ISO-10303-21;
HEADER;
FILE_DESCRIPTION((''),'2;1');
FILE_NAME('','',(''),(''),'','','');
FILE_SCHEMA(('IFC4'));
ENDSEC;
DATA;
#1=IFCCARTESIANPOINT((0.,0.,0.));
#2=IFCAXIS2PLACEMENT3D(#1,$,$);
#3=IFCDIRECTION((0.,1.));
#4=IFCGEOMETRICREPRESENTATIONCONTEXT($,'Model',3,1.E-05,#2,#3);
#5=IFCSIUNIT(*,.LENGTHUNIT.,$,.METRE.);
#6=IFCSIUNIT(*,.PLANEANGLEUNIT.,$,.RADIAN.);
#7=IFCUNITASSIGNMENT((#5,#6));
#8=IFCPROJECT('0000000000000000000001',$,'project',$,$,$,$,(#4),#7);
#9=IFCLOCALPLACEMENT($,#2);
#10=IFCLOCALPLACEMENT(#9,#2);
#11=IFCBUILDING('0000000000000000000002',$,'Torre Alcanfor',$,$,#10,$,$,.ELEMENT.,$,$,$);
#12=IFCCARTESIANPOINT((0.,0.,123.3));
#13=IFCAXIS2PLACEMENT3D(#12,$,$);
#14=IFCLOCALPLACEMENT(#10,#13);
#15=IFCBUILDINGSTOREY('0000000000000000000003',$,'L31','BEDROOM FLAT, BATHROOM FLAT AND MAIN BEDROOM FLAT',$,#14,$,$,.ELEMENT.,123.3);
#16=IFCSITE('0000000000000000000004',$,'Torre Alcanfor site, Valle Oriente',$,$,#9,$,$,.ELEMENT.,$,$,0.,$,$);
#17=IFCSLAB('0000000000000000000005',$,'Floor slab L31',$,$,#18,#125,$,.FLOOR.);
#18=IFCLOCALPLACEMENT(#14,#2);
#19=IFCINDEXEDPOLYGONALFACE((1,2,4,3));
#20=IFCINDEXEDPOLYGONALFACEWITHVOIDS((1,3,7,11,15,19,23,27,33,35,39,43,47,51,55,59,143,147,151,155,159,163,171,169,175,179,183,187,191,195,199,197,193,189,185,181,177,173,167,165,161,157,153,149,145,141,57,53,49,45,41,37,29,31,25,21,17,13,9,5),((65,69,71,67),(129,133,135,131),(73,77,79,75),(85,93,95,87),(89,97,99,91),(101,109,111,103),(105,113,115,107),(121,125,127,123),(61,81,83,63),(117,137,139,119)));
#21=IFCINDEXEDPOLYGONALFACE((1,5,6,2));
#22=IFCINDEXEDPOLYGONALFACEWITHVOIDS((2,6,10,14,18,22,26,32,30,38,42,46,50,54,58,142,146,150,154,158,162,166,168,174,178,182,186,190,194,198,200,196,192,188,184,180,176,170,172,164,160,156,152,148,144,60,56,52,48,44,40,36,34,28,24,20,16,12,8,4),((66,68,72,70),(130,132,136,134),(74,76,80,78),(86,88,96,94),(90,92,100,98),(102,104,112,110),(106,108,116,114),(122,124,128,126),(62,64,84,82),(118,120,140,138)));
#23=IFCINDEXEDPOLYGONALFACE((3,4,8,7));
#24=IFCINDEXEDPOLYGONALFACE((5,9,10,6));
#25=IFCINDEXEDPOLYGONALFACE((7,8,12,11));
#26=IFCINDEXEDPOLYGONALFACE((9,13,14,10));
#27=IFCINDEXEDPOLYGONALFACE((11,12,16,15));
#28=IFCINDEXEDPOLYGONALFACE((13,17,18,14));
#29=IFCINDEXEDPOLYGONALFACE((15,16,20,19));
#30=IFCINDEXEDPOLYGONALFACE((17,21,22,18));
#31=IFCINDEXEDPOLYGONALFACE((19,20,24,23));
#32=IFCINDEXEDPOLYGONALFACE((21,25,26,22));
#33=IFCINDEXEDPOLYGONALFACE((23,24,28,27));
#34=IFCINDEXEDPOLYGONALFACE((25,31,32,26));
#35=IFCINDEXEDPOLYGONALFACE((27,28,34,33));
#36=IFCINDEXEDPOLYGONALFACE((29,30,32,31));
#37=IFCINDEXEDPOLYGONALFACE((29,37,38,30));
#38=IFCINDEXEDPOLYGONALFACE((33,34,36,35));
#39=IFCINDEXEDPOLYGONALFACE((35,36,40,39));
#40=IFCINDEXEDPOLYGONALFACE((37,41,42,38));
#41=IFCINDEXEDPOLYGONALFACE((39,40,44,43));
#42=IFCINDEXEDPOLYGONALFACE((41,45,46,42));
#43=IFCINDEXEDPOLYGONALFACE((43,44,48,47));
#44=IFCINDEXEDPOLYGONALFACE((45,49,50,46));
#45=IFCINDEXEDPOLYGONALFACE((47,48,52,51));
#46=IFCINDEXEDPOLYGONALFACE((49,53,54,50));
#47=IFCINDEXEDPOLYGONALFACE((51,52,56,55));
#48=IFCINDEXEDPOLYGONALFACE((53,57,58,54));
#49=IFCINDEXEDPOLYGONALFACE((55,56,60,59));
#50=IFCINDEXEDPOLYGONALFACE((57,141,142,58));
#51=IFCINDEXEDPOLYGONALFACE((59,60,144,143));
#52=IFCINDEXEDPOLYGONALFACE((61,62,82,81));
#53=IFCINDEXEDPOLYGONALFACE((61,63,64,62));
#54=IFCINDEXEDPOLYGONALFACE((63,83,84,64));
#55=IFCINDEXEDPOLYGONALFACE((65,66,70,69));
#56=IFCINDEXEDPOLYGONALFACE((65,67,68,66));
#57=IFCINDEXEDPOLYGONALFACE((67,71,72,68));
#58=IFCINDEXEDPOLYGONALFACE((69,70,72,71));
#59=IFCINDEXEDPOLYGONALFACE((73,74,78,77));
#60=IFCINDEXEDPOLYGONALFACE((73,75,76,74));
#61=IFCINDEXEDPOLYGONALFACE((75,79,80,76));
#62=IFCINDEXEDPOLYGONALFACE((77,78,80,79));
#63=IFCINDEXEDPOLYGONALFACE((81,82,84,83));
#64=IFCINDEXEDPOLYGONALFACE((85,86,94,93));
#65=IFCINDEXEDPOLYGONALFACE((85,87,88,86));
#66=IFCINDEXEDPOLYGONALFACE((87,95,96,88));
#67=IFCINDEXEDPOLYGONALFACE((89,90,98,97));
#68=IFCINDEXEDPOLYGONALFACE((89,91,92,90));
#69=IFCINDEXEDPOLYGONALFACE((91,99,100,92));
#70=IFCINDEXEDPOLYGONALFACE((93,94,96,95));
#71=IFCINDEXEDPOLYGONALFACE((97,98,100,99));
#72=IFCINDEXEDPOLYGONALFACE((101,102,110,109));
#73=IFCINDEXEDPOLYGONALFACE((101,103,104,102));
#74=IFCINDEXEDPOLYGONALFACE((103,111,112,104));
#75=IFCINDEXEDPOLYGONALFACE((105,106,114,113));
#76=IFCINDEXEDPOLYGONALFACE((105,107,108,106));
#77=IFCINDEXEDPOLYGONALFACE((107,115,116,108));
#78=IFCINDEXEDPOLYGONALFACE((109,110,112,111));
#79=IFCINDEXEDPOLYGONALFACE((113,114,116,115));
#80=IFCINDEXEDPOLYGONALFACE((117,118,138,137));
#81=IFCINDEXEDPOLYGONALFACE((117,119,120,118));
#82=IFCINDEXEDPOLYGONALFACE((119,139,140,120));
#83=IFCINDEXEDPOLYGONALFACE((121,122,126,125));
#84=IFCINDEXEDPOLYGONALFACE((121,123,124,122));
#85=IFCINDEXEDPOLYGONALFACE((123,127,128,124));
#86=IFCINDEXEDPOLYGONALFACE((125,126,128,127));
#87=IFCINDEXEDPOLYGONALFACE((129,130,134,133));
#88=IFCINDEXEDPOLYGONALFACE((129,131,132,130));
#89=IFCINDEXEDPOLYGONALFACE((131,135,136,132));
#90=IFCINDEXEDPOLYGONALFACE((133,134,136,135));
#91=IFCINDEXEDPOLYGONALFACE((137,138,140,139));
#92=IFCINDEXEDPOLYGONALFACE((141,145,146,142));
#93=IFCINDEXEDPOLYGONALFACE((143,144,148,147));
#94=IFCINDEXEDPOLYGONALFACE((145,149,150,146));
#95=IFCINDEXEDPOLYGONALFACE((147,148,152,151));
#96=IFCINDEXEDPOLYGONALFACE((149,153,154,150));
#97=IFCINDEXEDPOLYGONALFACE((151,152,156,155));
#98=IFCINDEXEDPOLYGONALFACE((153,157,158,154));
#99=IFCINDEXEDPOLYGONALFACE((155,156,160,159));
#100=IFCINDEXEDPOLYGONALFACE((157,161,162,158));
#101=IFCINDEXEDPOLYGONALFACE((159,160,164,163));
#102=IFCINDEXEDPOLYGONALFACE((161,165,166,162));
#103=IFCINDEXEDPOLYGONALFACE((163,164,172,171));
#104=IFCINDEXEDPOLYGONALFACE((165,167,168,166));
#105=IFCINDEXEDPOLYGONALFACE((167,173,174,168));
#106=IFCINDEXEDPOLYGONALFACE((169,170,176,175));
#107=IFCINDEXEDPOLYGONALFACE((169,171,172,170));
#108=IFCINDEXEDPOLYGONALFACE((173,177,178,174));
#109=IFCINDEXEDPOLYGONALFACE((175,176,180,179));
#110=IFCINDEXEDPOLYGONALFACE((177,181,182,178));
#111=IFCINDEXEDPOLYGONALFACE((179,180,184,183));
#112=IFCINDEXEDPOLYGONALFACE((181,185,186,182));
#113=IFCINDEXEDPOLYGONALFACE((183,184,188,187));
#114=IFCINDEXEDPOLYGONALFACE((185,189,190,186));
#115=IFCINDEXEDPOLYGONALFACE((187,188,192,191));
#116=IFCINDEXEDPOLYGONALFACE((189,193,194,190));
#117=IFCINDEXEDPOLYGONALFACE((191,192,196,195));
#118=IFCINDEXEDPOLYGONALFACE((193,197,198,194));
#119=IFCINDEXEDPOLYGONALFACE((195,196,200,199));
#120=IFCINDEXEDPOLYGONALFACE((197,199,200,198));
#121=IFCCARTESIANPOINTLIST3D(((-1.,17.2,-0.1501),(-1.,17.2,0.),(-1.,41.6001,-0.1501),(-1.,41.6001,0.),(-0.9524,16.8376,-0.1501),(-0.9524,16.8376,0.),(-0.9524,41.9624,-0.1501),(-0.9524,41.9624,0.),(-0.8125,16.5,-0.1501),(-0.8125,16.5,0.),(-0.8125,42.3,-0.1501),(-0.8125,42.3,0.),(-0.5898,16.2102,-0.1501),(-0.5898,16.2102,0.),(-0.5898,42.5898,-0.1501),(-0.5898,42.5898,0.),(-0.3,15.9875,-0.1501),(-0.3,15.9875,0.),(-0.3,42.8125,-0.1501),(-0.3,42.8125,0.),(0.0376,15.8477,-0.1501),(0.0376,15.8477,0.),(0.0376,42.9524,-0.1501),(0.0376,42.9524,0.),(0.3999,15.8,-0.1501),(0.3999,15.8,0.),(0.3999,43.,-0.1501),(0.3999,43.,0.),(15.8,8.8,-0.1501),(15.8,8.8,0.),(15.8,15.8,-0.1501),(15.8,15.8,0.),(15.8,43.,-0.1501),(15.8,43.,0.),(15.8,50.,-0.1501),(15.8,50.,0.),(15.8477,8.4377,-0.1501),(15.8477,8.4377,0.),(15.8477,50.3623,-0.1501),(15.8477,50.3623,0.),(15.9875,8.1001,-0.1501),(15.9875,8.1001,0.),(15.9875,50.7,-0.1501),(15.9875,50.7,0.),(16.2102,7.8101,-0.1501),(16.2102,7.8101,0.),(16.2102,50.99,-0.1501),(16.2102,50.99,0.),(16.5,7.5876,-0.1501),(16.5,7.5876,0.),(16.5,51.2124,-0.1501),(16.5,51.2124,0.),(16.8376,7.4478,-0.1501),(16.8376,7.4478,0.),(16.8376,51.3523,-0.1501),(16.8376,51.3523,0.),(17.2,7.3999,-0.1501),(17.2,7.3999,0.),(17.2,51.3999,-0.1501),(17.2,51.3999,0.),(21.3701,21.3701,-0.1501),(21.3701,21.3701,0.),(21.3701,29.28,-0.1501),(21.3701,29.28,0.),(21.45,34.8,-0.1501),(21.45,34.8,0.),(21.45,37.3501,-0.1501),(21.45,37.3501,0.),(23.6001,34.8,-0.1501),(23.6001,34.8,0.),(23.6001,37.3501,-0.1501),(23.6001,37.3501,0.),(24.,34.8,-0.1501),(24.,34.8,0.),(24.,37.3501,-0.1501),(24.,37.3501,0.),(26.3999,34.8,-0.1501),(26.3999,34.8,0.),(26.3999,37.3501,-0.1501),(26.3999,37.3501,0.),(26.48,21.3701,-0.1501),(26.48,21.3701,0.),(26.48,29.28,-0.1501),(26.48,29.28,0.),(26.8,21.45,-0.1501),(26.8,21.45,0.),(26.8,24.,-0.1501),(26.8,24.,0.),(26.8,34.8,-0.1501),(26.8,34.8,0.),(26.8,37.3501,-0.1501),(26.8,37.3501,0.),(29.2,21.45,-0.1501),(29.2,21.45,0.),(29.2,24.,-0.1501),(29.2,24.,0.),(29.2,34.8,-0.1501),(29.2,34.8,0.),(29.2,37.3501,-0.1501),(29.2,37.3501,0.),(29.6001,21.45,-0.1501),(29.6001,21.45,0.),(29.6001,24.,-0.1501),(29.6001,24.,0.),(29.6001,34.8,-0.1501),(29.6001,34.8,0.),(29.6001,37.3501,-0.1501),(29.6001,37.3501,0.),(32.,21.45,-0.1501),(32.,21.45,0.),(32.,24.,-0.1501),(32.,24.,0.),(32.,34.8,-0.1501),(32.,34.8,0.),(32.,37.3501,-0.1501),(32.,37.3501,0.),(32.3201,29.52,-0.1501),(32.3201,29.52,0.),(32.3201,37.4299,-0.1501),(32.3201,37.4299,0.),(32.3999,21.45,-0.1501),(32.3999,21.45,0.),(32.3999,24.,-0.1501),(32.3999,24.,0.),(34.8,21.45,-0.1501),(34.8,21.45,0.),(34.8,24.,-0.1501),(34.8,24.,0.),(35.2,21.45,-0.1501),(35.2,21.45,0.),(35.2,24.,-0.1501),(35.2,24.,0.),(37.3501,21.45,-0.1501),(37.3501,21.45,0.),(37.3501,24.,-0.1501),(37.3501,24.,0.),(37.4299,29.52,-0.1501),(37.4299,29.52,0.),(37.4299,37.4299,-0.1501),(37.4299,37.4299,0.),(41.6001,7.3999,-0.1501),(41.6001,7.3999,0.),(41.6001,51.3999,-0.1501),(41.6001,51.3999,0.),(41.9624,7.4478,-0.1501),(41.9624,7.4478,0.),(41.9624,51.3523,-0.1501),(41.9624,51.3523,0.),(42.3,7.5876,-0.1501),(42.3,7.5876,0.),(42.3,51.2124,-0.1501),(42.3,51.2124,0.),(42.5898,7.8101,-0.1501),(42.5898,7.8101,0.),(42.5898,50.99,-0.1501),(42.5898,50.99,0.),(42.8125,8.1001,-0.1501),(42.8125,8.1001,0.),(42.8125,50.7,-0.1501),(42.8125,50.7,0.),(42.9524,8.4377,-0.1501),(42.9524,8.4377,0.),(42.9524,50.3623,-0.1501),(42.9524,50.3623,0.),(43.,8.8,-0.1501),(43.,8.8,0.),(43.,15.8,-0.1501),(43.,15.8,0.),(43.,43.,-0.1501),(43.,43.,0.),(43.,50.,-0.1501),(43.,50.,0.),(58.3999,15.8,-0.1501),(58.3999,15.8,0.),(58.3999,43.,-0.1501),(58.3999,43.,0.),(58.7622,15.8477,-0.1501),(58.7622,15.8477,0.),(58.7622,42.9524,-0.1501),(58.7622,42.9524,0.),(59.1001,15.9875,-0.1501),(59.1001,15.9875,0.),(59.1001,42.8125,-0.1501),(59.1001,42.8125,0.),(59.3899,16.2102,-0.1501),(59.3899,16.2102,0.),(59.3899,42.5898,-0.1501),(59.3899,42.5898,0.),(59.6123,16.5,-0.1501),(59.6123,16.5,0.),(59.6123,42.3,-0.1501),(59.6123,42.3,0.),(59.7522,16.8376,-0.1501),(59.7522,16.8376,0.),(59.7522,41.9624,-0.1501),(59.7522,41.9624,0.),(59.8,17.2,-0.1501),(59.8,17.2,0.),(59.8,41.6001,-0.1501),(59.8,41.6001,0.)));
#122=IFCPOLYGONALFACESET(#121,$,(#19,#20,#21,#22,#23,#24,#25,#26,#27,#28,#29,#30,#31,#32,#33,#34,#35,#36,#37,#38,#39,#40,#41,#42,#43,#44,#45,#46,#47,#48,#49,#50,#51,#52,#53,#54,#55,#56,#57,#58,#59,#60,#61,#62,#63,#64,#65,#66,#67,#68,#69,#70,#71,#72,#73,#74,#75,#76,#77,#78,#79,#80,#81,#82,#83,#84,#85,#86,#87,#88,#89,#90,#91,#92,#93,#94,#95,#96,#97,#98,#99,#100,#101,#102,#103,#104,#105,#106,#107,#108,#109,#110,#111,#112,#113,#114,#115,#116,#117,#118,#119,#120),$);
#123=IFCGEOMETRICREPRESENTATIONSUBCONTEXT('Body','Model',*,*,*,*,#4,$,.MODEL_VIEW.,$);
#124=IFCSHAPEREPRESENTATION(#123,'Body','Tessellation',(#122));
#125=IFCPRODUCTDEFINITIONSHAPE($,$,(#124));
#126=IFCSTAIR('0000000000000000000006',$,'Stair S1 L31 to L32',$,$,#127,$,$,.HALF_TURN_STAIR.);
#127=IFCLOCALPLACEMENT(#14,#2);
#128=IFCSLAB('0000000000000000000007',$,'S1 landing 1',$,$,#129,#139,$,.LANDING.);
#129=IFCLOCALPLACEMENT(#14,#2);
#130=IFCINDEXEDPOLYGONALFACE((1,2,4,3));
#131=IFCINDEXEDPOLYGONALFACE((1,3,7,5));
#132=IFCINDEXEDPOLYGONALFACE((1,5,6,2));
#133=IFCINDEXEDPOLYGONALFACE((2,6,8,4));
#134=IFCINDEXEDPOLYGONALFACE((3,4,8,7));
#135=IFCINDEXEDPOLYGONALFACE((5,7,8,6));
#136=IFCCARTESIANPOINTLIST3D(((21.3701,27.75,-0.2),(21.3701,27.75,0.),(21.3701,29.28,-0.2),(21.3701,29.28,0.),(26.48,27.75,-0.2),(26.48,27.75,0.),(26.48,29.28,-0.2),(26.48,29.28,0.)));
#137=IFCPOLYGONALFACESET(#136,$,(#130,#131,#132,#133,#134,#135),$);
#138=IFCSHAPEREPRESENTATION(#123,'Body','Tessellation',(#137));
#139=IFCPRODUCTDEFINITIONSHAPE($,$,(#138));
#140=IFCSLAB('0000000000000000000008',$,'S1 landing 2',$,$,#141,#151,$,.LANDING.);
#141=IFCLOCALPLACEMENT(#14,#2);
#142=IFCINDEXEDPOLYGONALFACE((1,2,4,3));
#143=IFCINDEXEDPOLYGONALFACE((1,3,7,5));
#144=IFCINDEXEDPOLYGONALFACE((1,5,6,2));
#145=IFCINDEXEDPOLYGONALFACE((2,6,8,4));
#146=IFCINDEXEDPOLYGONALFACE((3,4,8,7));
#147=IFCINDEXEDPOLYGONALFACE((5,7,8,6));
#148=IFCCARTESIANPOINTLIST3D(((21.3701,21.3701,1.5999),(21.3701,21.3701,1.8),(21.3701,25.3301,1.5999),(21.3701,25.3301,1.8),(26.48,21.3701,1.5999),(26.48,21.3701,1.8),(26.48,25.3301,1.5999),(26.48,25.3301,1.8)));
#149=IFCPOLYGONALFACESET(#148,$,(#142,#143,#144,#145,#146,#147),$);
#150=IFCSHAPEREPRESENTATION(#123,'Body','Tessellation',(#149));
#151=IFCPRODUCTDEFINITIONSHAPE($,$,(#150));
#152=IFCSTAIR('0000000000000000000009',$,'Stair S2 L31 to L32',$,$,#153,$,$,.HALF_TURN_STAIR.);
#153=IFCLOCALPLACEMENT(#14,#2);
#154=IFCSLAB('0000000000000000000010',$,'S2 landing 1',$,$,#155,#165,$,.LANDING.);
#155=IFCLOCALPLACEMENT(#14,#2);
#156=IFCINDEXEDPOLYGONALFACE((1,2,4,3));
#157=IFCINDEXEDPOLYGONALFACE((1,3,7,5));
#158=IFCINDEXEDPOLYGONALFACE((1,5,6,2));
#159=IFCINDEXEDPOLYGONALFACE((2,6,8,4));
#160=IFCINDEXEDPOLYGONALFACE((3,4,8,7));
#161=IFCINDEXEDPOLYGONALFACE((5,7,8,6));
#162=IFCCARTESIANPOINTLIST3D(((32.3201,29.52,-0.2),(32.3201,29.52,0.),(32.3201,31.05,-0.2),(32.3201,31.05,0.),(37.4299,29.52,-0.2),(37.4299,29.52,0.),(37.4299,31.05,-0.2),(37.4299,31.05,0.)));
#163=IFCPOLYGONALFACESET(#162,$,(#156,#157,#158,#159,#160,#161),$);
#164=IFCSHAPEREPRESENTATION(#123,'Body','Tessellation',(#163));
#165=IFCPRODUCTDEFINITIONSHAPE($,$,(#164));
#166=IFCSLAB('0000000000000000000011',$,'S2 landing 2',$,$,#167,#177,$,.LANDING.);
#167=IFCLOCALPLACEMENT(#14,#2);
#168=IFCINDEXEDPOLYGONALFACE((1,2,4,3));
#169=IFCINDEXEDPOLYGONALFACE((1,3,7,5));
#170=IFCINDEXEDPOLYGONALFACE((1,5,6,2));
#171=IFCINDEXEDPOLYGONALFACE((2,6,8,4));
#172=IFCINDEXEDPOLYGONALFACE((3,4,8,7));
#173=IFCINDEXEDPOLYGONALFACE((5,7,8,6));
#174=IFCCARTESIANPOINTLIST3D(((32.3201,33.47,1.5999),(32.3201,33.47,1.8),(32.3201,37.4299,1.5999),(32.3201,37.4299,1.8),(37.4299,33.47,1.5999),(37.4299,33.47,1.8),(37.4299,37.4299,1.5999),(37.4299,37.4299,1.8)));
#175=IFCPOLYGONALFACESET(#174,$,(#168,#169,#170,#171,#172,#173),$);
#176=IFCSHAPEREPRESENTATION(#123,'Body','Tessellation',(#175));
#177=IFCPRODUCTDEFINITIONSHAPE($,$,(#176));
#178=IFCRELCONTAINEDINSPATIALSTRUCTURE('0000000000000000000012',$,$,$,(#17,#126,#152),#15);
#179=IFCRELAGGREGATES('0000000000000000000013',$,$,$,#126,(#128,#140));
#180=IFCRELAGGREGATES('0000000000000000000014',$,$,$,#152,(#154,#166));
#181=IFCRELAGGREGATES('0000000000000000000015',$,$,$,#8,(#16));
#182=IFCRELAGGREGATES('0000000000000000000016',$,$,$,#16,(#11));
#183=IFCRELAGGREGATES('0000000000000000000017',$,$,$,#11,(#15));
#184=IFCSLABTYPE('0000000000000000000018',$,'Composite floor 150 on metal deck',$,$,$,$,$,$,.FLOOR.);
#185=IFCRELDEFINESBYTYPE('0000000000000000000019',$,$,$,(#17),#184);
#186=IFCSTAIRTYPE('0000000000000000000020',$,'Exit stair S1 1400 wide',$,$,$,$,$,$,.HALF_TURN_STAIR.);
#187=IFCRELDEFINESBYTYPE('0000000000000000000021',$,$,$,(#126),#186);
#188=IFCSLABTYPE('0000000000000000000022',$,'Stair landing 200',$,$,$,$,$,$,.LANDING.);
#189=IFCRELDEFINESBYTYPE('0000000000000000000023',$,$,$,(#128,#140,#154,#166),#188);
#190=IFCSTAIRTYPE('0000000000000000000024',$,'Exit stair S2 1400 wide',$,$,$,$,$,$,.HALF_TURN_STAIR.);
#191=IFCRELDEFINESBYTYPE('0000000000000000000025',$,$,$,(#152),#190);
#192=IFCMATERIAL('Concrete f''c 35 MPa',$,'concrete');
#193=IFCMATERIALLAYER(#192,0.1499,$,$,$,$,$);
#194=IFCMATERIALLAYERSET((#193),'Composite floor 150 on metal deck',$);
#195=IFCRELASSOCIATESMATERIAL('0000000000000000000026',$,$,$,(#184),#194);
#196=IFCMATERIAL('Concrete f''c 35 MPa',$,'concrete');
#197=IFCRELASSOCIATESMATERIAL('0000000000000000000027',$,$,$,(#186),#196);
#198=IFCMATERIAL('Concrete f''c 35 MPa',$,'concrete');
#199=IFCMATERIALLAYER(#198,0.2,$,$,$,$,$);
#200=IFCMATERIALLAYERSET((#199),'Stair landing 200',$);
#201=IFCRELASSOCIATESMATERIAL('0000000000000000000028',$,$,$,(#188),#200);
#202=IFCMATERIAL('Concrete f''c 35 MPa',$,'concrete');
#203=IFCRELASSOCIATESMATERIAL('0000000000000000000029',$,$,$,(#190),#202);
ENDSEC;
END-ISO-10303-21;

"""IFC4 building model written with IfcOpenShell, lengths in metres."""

from ifc_helpers import new_model, si_unit, direction, frame, origin, place, context, subcontext, project, spatial, polyline, outline, extrude, material, layer, layer_set, type_object, element, aggregate, save


model = new_model("IFC4")

# Units and contexts
model_context = context("Model", 3, precision=1e-05, world=origin(), true_north=direction((0.0, 1.0)))
body_context = subcontext(model_context, "Body", "Model", "MODEL_VIEW")
ifc_project = project(units=[si_unit("LENGTHUNIT", "METRE"), si_unit("PLANEANGLEUNIT", "RADIAN")], contexts=[model_context])

# Site, building, storey
site_placement = place(None, origin())
site = spatial("IfcSite", under=ifc_project, at=site_placement, Name="Torre Alcanfor site, Valle Oriente", CompositionType="ELEMENT", RefElevation=0.0)
building_placement = place(site_placement, origin())
building = spatial("IfcBuilding", under=site, at=building_placement, Name="Torre Alcanfor", CompositionType="ELEMENT")
storey_placement = place(building_placement, frame((0.0, 0.0, 123.3)))
storey = spatial("IfcBuildingStorey", under=building, at=storey_placement, Name="L31", Description="BEDROOM FLAT, BATHROOM FLAT AND MAIN BEDROOM FLAT", CompositionType="ELEMENT", Elevation=123.3)

# Slab
ifc_material_1 = material(Name="Concrete f'c 35 MPa", Category="concrete")
ifc_layer_1 = layer(ifc_material_1, 0.1499)
ifc_layer_set_1 = layer_set([ifc_layer_1], Name="Composite floor 150 on metal deck")
slab_type_1 = type_object("IfcSlabType", Name="Composite floor 150 on metal deck", PredefinedType="FLOOR", material=ifc_layer_set_1)
slab_1_placement = place(storey_placement, frame((0.0, 0.0, -0.1501)))
element("IfcSlab", 1, at=slab_1_placement, inside=storey, type_object=slab_type_1, Name="Floor slab L31", PredefinedType="FLOOR", context=body_context, shape_type="SweptSolid", body=[
    extrude(outline(polyline([(15.8, 43.0), (0.3999, 43.0), (0.0376, 42.9524), (-0.3, 42.8125), (-0.5898, 42.5898), (-0.8125, 42.3), (-0.9524, 41.9624), (-1.0, 41.6001), (-1.0, 17.2), (-0.9524, 16.8376), (-0.8125, 16.5), (-0.5898, 16.2102), (-0.3, 15.9875), (0.0376, 15.8477), (0.3999, 15.8), (15.8, 15.8), (15.8, 8.8), (15.8477, 8.4377), (15.9875, 8.1001), (16.2102, 7.8101), (16.5, 7.5876), (16.8376, 7.4478), (17.2, 7.3999), (41.6001, 7.3999), (41.9624, 7.4478), (42.3, 7.5876), (42.5898, 7.8101), (42.8125, 8.1001), (42.9524, 8.4377), (43.0, 8.8), (43.0, 15.8), (58.3999, 15.8), (58.7622, 15.8477), (59.1001, 15.9875), (59.3899, 16.2102), (59.6123, 16.5), (59.7522, 16.8376), (59.8, 17.2), (59.8, 41.6001), (59.7522, 41.9624), (59.6123, 42.3), (59.3899, 42.5898), (59.1001, 42.8125), (58.7622, 42.9524), (58.3999, 43.0), (43.0, 43.0), (43.0, 50.0), (42.9524, 50.3623), (42.8125, 50.7), (42.5898, 50.99), (42.3, 51.2124), (41.9624, 51.3523), (41.6001, 51.3999), (17.2, 51.3999), (16.8376, 51.3523), (16.5, 51.2124), (16.2102, 50.99), (15.9875, 50.7), (15.8477, 50.3623), (15.8, 50.0), (15.8, 43.0)]), holes=[polyline([(21.3701, 21.3701), (26.48, 21.3701), (26.48, 29.28), (21.3701, 29.28), (21.3701, 21.3701)]), polyline([(32.3201, 29.52), (37.4299, 29.52), (37.4299, 37.4299), (32.3201, 37.4299), (32.3201, 29.52)]), polyline([(26.8, 21.45), (29.2, 21.45), (29.2, 24.0), (26.8, 24.0), (26.8, 21.45)]), polyline([(29.6001, 21.45), (32.0, 21.45), (32.0, 24.0), (29.6001, 24.0), (29.6001, 21.45)]), polyline([(32.3999, 21.45), (34.8, 21.45), (34.8, 24.0), (32.3999, 24.0), (32.3999, 21.45)]), polyline([(35.2, 21.45), (37.3501, 21.45), (37.3501, 24.0), (35.2, 24.0), (35.2, 21.45)]), polyline([(21.45, 34.8), (23.6001, 34.8), (23.6001, 37.3501), (21.45, 37.3501), (21.45, 34.8)]), polyline([(24.0, 34.8), (26.3999, 34.8), (26.3999, 37.3501), (24.0, 37.3501), (24.0, 34.8)]), polyline([(26.8, 34.8), (29.2, 34.8), (29.2, 37.3501), (26.8, 37.3501), (26.8, 34.8)]), polyline([(29.6001, 34.8), (32.0, 34.8), (32.0, 37.3501), (29.6001, 37.3501), (29.6001, 34.8)])]), origin(), (0.0, 0.0, 1.0), 0.1501),
])

# Stairs, slabs
ifc_material_2 = material(Name="Concrete f'c 35 MPa", Category="concrete")
stair_type_1 = type_object("IfcStairType", Name="Exit stair S1 1400 wide", PredefinedType="HALF_TURN_STAIR", material=ifc_material_2)
stair_1_placement = place(storey_placement, origin())
stair_1 = element("IfcStair", 2, at=stair_1_placement, inside=storey, type_object=stair_type_1, Name="Stair S1 L31 to L32", PredefinedType="HALF_TURN_STAIR")
ifc_material_3 = material(Name="Concrete f'c 35 MPa", Category="concrete")
ifc_layer_2 = layer(ifc_material_3, 0.2)
ifc_layer_set_2 = layer_set([ifc_layer_2], Name="Stair landing 200")
slab_type_2 = type_object("IfcSlabType", Name="Stair landing 200", PredefinedType="LANDING", material=ifc_layer_set_2)
slab_2_placement = place(storey_placement, frame((0.0, 0.0, -0.2)))
slab_2 = element("IfcSlab", 3, at=slab_2_placement, type_object=slab_type_2, Name="S1 landing 1", PredefinedType="LANDING", context=body_context, shape_type="SweptSolid", body=[
    extrude(outline(polyline([(21.3701, 27.75), (26.48, 27.75), (26.48, 29.28), (21.3701, 29.28), (21.3701, 27.75)])), origin(), (0.0, 0.0, 1.0), 0.2),
])
slab_3_placement = place(storey_placement, frame((0.0, 0.0, 1.5999)))
slab_3 = element("IfcSlab", 4, at=slab_3_placement, type_object=slab_type_2, Name="S1 landing 2", PredefinedType="LANDING", context=body_context, shape_type="SweptSolid", body=[
    extrude(outline(polyline([(21.3701, 21.3701), (26.48, 21.3701), (26.48, 25.3301), (21.3701, 25.3301), (21.3701, 21.3701)])), origin(), (0.0, 0.0, 1.0), 0.2002),
])
aggregate(stair_1, [slab_2, slab_3])
ifc_material_4 = material(Name="Concrete f'c 35 MPa", Category="concrete")
stair_type_2 = type_object("IfcStairType", Name="Exit stair S2 1400 wide", PredefinedType="HALF_TURN_STAIR", material=ifc_material_4)
stair_2_placement = place(storey_placement, origin())
stair_2 = element("IfcStair", 5, at=stair_2_placement, inside=storey, type_object=stair_type_2, Name="Stair S2 L31 to L32", PredefinedType="HALF_TURN_STAIR")
slab_4_placement = place(storey_placement, frame((0.0, 0.0, -0.2)))
slab_4 = element("IfcSlab", 6, at=slab_4_placement, type_object=slab_type_2, Name="S2 landing 1", PredefinedType="LANDING", context=body_context, shape_type="SweptSolid", body=[
    extrude(outline(polyline([(32.3201, 29.52), (37.4299, 29.52), (37.4299, 31.05), (32.3201, 31.05), (32.3201, 29.52)])), origin(), (0.0, 0.0, 1.0), 0.2),
])
slab_5_placement = place(storey_placement, frame((0.0, 0.0, 1.5999)))
slab_5 = element("IfcSlab", 7, at=slab_5_placement, type_object=slab_type_2, Name="S2 landing 2", PredefinedType="LANDING", context=body_context, shape_type="SweptSolid", body=[
    extrude(outline(polyline([(32.3201, 33.47), (37.4299, 33.47), (37.4299, 37.4299), (32.3201, 37.4299), (32.3201, 33.47)])), origin(), (0.0, 0.0, 1.0), 0.2002),
])
aggregate(stair_2, [slab_4, slab_5])

save(model, "model.ifc")
